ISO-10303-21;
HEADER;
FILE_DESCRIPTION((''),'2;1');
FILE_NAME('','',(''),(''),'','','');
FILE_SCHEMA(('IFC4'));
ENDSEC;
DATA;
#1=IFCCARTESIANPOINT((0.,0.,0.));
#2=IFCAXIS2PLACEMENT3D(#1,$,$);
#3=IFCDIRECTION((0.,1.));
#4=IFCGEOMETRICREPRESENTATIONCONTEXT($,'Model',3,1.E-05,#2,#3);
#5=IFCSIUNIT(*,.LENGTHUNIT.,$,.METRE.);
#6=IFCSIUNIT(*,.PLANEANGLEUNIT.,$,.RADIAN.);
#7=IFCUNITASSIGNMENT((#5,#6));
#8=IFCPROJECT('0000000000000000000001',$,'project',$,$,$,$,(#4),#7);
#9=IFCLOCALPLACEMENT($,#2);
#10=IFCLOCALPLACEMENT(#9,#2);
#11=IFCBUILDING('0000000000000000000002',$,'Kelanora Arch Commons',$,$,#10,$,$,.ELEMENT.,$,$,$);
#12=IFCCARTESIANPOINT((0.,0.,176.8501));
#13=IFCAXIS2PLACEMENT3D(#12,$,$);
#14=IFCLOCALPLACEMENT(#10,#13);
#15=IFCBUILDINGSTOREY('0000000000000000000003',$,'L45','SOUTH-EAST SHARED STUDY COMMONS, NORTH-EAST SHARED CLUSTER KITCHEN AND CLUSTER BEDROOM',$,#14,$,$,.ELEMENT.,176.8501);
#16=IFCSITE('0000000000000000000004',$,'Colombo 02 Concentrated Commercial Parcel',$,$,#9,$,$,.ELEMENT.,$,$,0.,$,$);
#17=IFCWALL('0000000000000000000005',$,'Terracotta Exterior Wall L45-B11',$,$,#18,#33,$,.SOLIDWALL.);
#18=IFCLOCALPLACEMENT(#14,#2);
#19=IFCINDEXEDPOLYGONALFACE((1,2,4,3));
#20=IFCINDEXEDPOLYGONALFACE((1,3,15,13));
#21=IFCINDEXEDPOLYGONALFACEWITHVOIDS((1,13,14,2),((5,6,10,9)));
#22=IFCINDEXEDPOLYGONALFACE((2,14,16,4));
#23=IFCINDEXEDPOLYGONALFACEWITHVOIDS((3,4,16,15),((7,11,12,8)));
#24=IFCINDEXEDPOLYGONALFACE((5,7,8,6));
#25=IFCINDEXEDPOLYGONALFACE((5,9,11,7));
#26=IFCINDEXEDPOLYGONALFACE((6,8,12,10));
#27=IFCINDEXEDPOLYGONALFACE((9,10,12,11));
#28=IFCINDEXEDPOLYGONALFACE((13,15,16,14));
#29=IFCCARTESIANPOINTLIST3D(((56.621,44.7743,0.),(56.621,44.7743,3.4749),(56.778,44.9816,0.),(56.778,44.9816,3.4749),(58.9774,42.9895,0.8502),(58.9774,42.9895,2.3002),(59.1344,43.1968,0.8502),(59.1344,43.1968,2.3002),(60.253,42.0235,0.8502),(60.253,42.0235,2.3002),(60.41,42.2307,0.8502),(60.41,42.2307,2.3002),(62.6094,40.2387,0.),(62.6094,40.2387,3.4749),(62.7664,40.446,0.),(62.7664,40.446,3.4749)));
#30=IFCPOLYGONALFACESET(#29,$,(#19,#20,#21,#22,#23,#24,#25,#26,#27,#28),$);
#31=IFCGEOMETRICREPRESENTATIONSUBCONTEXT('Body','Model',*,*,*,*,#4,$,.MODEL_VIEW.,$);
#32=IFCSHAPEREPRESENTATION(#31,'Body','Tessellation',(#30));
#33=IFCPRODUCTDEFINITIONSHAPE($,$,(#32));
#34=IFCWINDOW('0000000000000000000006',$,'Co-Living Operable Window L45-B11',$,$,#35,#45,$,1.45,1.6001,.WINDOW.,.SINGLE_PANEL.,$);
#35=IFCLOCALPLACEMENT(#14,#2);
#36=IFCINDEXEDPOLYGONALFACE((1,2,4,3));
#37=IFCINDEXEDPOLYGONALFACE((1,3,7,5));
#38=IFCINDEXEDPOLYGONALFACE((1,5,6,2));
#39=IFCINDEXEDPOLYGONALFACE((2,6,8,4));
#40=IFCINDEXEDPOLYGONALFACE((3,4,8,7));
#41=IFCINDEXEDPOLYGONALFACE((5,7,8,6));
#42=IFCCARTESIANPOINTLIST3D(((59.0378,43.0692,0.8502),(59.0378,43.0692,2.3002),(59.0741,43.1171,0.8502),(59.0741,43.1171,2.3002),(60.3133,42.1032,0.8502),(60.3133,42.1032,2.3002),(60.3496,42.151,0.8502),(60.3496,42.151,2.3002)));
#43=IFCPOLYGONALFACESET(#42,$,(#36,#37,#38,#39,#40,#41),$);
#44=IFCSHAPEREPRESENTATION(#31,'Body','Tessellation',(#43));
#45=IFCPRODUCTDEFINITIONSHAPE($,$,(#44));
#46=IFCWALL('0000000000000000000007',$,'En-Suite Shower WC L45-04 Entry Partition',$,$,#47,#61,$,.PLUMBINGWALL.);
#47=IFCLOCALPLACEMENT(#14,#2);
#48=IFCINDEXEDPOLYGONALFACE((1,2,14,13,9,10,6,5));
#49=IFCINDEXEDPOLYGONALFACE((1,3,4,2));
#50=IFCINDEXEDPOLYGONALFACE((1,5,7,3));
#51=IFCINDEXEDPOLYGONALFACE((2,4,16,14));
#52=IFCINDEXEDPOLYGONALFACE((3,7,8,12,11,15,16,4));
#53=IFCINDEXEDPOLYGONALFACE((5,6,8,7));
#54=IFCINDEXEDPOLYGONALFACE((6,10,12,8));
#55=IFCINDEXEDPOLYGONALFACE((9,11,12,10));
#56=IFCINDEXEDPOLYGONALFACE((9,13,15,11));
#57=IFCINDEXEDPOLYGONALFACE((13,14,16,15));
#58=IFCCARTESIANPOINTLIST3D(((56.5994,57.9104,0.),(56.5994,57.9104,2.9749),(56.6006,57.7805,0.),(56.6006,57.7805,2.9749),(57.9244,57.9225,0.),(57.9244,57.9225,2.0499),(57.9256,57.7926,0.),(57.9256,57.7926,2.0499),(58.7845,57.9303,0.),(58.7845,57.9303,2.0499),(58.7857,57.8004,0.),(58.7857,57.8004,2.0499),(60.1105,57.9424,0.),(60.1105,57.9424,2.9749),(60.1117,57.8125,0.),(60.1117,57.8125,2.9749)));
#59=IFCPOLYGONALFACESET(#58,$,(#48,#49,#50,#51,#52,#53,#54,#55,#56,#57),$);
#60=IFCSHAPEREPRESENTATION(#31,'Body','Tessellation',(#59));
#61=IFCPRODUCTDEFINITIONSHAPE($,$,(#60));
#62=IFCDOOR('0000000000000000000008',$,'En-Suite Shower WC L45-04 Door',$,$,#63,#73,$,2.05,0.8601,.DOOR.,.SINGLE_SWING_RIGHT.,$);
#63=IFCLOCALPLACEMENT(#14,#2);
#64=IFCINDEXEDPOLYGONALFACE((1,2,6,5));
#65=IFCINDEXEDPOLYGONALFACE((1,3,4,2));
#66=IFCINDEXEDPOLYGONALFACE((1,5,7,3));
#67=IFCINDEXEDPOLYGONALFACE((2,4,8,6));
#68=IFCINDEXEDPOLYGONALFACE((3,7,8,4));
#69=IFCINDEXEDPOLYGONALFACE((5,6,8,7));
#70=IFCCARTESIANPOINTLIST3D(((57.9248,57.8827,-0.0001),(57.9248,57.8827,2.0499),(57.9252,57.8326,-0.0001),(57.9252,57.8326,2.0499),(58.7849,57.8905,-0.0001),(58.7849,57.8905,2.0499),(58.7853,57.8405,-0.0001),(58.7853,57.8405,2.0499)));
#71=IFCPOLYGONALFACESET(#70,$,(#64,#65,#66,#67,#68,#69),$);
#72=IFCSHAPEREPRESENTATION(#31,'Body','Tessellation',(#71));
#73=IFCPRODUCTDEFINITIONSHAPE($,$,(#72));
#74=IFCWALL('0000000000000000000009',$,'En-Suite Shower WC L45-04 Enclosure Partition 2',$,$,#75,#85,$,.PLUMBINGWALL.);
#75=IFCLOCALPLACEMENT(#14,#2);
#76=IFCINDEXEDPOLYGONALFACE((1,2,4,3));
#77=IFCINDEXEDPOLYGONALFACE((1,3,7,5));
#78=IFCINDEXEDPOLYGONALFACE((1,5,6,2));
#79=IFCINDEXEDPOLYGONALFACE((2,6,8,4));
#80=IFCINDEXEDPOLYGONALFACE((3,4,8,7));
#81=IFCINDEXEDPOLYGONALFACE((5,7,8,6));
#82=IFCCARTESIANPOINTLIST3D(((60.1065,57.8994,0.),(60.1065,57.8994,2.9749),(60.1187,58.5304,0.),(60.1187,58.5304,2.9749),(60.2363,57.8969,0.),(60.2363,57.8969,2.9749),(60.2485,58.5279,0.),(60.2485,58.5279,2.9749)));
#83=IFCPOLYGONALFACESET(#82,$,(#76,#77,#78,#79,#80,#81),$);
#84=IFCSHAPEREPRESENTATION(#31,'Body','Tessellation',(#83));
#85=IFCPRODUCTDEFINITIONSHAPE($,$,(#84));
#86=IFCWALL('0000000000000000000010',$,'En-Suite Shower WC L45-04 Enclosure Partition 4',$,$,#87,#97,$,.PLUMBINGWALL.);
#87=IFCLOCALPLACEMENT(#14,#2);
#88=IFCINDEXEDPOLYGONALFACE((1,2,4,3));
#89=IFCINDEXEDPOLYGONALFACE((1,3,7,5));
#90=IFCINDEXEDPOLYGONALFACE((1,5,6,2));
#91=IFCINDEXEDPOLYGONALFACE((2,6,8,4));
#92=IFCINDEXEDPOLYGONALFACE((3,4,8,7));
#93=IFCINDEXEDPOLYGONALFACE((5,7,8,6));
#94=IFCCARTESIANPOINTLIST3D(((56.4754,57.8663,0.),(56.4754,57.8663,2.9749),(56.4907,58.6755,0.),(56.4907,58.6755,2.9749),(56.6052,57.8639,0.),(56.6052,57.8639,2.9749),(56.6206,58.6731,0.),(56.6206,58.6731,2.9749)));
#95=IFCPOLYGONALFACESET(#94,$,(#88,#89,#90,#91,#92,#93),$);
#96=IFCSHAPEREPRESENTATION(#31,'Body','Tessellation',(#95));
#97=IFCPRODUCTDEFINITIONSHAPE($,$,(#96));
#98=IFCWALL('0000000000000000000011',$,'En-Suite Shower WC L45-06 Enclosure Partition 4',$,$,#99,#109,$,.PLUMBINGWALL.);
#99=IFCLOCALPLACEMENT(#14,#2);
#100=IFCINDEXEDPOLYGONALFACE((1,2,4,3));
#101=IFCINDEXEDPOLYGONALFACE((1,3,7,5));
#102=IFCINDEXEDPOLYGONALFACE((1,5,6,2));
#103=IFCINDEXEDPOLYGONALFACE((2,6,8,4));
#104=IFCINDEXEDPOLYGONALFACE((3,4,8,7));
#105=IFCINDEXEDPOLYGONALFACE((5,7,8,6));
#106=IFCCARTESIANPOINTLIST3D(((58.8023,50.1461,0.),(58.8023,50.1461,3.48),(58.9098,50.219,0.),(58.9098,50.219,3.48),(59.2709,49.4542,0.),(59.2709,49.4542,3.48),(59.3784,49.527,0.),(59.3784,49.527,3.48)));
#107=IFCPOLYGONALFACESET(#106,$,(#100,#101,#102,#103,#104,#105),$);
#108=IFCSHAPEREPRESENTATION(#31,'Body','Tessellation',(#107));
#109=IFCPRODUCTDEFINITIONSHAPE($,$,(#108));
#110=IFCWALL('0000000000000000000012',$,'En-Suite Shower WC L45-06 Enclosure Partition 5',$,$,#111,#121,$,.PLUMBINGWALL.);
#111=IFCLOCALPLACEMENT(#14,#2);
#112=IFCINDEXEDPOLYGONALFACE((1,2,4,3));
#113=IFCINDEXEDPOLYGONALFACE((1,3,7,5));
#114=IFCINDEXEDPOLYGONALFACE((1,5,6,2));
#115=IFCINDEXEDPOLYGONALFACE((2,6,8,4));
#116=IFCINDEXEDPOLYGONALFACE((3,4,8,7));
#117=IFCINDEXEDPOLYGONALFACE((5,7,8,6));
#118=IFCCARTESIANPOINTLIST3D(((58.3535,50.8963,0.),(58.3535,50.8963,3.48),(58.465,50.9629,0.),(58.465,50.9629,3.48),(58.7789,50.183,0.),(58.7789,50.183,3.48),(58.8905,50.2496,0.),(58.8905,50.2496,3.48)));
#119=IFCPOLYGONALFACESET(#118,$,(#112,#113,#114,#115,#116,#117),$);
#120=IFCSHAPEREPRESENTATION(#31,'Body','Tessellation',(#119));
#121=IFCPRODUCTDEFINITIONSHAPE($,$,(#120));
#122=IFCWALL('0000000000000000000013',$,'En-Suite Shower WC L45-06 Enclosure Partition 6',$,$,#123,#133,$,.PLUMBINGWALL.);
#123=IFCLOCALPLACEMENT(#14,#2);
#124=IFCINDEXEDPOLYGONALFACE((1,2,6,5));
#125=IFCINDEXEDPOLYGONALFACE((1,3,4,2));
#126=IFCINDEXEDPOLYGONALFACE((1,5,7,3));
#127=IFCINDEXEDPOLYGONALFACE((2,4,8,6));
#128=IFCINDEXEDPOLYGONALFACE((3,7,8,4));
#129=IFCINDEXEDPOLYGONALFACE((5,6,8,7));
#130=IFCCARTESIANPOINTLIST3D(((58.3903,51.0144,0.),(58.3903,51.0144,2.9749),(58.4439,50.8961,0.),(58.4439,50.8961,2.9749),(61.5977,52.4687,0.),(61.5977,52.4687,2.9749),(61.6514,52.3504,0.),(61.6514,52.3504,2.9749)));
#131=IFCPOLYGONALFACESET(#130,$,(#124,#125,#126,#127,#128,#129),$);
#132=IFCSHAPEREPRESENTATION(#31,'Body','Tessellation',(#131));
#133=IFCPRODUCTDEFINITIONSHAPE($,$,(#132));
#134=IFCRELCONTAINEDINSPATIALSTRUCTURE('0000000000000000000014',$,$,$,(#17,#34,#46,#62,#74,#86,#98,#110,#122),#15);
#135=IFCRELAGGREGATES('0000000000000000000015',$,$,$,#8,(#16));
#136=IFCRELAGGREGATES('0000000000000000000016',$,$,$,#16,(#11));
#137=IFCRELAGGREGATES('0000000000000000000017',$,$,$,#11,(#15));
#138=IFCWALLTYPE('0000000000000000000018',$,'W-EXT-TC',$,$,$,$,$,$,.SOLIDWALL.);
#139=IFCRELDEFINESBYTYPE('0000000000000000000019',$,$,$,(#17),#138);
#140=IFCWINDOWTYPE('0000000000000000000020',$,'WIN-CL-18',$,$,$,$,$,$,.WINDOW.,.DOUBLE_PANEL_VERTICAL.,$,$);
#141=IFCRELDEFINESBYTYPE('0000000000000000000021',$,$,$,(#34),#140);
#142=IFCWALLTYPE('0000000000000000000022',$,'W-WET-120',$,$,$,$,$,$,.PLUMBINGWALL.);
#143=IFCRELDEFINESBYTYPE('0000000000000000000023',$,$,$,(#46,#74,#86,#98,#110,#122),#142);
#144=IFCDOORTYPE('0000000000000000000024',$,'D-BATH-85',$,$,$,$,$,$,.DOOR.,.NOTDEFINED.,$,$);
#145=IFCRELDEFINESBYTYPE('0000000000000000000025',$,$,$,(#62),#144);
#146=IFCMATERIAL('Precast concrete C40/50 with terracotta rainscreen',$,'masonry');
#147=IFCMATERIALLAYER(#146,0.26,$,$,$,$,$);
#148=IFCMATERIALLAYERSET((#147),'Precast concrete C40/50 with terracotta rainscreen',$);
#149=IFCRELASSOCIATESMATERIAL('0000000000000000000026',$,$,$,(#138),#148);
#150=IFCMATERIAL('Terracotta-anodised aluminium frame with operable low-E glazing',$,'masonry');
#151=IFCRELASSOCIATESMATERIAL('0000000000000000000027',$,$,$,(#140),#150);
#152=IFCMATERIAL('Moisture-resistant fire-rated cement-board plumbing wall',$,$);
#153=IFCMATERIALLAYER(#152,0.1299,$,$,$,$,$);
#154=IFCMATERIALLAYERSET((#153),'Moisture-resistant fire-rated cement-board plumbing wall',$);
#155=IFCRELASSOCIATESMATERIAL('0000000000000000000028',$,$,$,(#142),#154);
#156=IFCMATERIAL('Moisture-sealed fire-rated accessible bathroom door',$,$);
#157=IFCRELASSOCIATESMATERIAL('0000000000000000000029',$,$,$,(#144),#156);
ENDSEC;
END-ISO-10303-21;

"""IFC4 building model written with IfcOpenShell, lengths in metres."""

from ifc_helpers import new_model, si_unit, direction, frame, frame_2d, origin, place, context, subcontext, project, spatial, rectangle, extrude, material, layer, layer_set, type_object, element, fill, save


model = new_model("IFC4")

# Units and contexts
model_context = context("Model", 3, precision=1e-05, world=origin(), true_north=direction((0.0, 1.0)))
body_context = subcontext(model_context, "Body", "Model", "MODEL_VIEW")
ifc_project = project(units=[si_unit("LENGTHUNIT", "METRE"), si_unit("PLANEANGLEUNIT", "RADIAN")], contexts=[model_context])

# Site, building, storey
site_placement = place(None, origin())
site = spatial("IfcSite", under=ifc_project, at=site_placement, Name="Colombo 02 Concentrated Commercial Parcel", CompositionType="ELEMENT", RefElevation=0.0)
building_placement = place(site_placement, origin())
building = spatial("IfcBuilding", under=site, at=building_placement, Name="Kelanora Arch Commons", CompositionType="ELEMENT")
storey_placement = place(building_placement, frame((0.0, 0.0, 176.8501)))
storey = spatial("IfcBuildingStorey", under=building, at=storey_placement, Name="L45", Description="SOUTH-EAST SHARED STUDY COMMONS, NORTH-EAST SHARED CLUSTER KITCHEN AND CLUSTER BEDROOM", CompositionType="ELEMENT", Elevation=176.8501)

# Wall, opening, window
ifc_material_1 = material(Name="Precast concrete C40/50 with terracotta rainscreen", Category="masonry")
ifc_layer_1 = layer(ifc_material_1, 0.26)
ifc_layer_set_1 = layer_set([ifc_layer_1], Name="Precast concrete C40/50 with terracotta rainscreen")
wall_type_1 = type_object("IfcWallType", Name="W-EXT-TC", PredefinedType="SOLIDWALL", material=ifc_layer_set_1)
wall_1_placement = place(storey_placement, frame((56.6995, 44.8779, 0.0), z_axis=(0.0, 0.0, 1.0), x_axis=(0.797164, -0.603763, 0.0)))
wall_1 = element("IfcWall", 1, at=wall_1_placement, inside=storey, type_object=wall_type_1, Name="Terracotta Exterior Wall L45-B11", PredefinedType="SOLIDWALL", context=body_context, shape_type="SweptSolid", body=[
    extrude(rectangle(XDim=7.5122, YDim=0.26, at=frame_2d((3.7561, 0.0))), origin(), (0.0, 0.0, 1.0), 3.4749),
])
opening_1_placement = place(wall_1_placement, frame((2.9561, 0.0, 0.8501)))
opening_1 = element("IfcOpeningElement", 2, at=opening_1_placement, cuts=wall_1, PredefinedType="OPENING", context=body_context, shape_type="SweptSolid", body=[
    extrude(rectangle(XDim=1.6001, YDim=1.45, at=frame_2d((0.8, 0.7251))), frame((0.0, 0.1401, 0.0), z_axis=(0.0, -1.0, 0.0), x_axis=(1.0, 0.0, 0.0)), (0.0, 0.0, 1.0), 0.28),
])
ifc_material_2 = material(Name="Terracotta-anodised aluminium frame with operable low-E glazing", Category="masonry")
window_type = type_object("IfcWindowType", Name="WIN-CL-18", PartitioningType="DOUBLE_PANEL_VERTICAL", PredefinedType="WINDOW", material=ifc_material_2)
window_placement = place(opening_1_placement, origin())
window = element("IfcWindow", 3, at=window_placement, inside=storey, type_object=window_type, Name="Co-Living Operable Window L45-B11", OverallHeight=1.45, OverallWidth=1.6001, PartitioningType="SINGLE_PANEL", PredefinedType="WINDOW", context=body_context, shape_type="SweptSolid", body=[
    extrude(rectangle(XDim=1.6001, YDim=1.45, at=frame_2d((0.8, 0.7251))), frame((0.0, 0.03, 0.0), z_axis=(0.0, -1.0, 0.0), x_axis=(1.0, 0.0, 0.0)), (0.0, 0.0, 1.0), 0.0601),
])
fill(opening_1, window)

# Wall, opening, door
ifc_material_3 = material(Name="Moisture-resistant fire-rated cement-board plumbing wall")
ifc_layer_2 = layer(ifc_material_3, 0.1299)
ifc_layer_set_2 = layer_set([ifc_layer_2], Name="Moisture-resistant fire-rated cement-board plumbing wall")
wall_type_2 = type_object("IfcWallType", Name="W-WET-120", PredefinedType="PLUMBINGWALL", material=ifc_layer_set_2)
wall_2_placement = place(storey_placement, frame((60.1111, 57.8774, 0.0), z_axis=(0.0, 0.0, 1.0), x_axis=(-0.999959, -0.009109, 0.0)))
wall_2 = element("IfcWall", 4, at=wall_2_placement, inside=storey, type_object=wall_type_2, Name="En-Suite Shower WC L45-04 Entry Partition", PredefinedType="PLUMBINGWALL", context=body_context, shape_type="SweptSolid", body=[
    extrude(rectangle(XDim=3.5112, YDim=0.1299, at=frame_2d((1.7556, 0.0))), origin(), (0.0, 0.0, 1.0), 2.9749),
])
opening_2_placement = place(wall_2_placement, frame((1.3259, 0.0, 0.0)))
opening_2 = element("IfcOpeningElement", 5, at=opening_2_placement, cuts=wall_2, PredefinedType="OPENING", context=body_context, shape_type="SweptSolid", body=[
    extrude(rectangle(XDim=0.8601, YDim=2.05, at=frame_2d((0.4302, 1.0249))), frame((0.0, 0.075, 0.0), z_axis=(0.0, -1.0, 0.0), x_axis=(1.0, 0.0, 0.0)), (0.0, 0.0, 1.0), 0.1499),
])
ifc_material_4 = material(Name="Moisture-sealed fire-rated accessible bathroom door")
door_type_1 = type_object("IfcDoorType", Name="D-BATH-85", OperationType="NOTDEFINED", PredefinedType="DOOR", material=ifc_material_4)
door_1_placement = place(opening_2_placement, origin())
door_1 = element("IfcDoor", 6, at=door_1_placement, inside=storey, type_object=door_type_1, Name="En-Suite Shower WC L45-04 Door", OperationType="SINGLE_SWING_RIGHT", OverallHeight=2.05, OverallWidth=0.8601, PredefinedType="DOOR", context=body_context, shape_type="SweptSolid", body=[
    extrude(rectangle(XDim=0.8601, YDim=2.05, at=frame_2d((0.4302, 1.0249))), frame((0.0, 0.0249, 0.0), z_axis=(0.0, -1.0, 0.0), x_axis=(1.0, 0.0, 0.0)), (0.0, 0.0, 1.0), 0.05),
])
fill(opening_2, door_1)

# Walls
wall_3_placement = place(storey_placement, frame((60.1836, 58.5291, 0.0), z_axis=(0.0, 0.0, 1.0), x_axis=(-0.019339, -0.999813, 0.0)))
element("IfcWall", 7, at=wall_3_placement, inside=storey, type_object=wall_type_2, Name="En-Suite Shower WC L45-04 Enclosure Partition 2", PredefinedType="PLUMBINGWALL", context=body_context, shape_type="SweptSolid", body=[
    extrude(rectangle(XDim=0.6311, YDim=0.1299, at=frame_2d((0.3154, 0.0))), origin(), (0.0, 0.0, 1.0), 2.9749),
])
wall_4_placement = place(storey_placement, frame((56.5403, 57.865, 0.0), z_axis=(0.0, 0.0, 1.0), x_axis=(0.019007, 0.999819, 0.0)))
element("IfcWall", 8, at=wall_4_placement, inside=storey, type_object=wall_type_2, Name="En-Suite Shower WC L45-04 Enclosure Partition 4", PredefinedType="PLUMBINGWALL", context=body_context, shape_type="SweptSolid", body=[
    extrude(rectangle(XDim=0.8093, YDim=0.1299, at=frame_2d((0.4048, 0.0))), origin(), (0.0, 0.0, 1.0), 2.9749),
])
wall_5_placement = place(storey_placement, frame((59.3247, 49.4905, 0.0), z_axis=(0.0, 0.0, 1.0), x_axis=(-0.560687, 0.828028, 0.0)))
element("IfcWall", 9, at=wall_5_placement, inside=storey, type_object=wall_type_2, Name="En-Suite Shower WC L45-06 Enclosure Partition 4", PredefinedType="PLUMBINGWALL", context=body_context, shape_type="SweptSolid", body=[
    extrude(rectangle(XDim=0.8357, YDim=0.1299, at=frame_2d((0.418, 0.0))), origin(), (0.0, 0.0, 1.0), 3.48),
])
wall_6_placement = place(storey_placement, frame((58.8347, 50.2163, 0.0), z_axis=(0.0, 0.0, 1.0), x_axis=(-0.51229, 0.858813, 0.0)))
element("IfcWall", 10, at=wall_6_placement, inside=storey, type_object=wall_type_2, Name="En-Suite Shower WC L45-06 Enclosure Partition 5", PredefinedType="PLUMBINGWALL", context=body_context, shape_type="SweptSolid", body=[
    extrude(rectangle(XDim=0.8306, YDim=0.1299, at=frame_2d((0.4153, 0.0))), origin(), (0.0, 0.0, 1.0), 3.48),
])
wall_7_placement = place(storey_placement, frame((58.4172, 50.9553, 0.0), z_axis=(0.0, 0.0, 1.0), x_axis=(0.910753, 0.412951, 0.0)))
element("IfcWall", 11, at=wall_7_placement, inside=storey, type_object=wall_type_2, Name="En-Suite Shower WC L45-06 Enclosure Partition 6", PredefinedType="PLUMBINGWALL", context=body_context, shape_type="SweptSolid", body=[
    extrude(rectangle(XDim=3.5217, YDim=0.1299, at=frame_2d((1.7607, 0.0))), origin(), (0.0, 0.0, 1.0), 2.9749),
])

save(model, "model.ifc")
